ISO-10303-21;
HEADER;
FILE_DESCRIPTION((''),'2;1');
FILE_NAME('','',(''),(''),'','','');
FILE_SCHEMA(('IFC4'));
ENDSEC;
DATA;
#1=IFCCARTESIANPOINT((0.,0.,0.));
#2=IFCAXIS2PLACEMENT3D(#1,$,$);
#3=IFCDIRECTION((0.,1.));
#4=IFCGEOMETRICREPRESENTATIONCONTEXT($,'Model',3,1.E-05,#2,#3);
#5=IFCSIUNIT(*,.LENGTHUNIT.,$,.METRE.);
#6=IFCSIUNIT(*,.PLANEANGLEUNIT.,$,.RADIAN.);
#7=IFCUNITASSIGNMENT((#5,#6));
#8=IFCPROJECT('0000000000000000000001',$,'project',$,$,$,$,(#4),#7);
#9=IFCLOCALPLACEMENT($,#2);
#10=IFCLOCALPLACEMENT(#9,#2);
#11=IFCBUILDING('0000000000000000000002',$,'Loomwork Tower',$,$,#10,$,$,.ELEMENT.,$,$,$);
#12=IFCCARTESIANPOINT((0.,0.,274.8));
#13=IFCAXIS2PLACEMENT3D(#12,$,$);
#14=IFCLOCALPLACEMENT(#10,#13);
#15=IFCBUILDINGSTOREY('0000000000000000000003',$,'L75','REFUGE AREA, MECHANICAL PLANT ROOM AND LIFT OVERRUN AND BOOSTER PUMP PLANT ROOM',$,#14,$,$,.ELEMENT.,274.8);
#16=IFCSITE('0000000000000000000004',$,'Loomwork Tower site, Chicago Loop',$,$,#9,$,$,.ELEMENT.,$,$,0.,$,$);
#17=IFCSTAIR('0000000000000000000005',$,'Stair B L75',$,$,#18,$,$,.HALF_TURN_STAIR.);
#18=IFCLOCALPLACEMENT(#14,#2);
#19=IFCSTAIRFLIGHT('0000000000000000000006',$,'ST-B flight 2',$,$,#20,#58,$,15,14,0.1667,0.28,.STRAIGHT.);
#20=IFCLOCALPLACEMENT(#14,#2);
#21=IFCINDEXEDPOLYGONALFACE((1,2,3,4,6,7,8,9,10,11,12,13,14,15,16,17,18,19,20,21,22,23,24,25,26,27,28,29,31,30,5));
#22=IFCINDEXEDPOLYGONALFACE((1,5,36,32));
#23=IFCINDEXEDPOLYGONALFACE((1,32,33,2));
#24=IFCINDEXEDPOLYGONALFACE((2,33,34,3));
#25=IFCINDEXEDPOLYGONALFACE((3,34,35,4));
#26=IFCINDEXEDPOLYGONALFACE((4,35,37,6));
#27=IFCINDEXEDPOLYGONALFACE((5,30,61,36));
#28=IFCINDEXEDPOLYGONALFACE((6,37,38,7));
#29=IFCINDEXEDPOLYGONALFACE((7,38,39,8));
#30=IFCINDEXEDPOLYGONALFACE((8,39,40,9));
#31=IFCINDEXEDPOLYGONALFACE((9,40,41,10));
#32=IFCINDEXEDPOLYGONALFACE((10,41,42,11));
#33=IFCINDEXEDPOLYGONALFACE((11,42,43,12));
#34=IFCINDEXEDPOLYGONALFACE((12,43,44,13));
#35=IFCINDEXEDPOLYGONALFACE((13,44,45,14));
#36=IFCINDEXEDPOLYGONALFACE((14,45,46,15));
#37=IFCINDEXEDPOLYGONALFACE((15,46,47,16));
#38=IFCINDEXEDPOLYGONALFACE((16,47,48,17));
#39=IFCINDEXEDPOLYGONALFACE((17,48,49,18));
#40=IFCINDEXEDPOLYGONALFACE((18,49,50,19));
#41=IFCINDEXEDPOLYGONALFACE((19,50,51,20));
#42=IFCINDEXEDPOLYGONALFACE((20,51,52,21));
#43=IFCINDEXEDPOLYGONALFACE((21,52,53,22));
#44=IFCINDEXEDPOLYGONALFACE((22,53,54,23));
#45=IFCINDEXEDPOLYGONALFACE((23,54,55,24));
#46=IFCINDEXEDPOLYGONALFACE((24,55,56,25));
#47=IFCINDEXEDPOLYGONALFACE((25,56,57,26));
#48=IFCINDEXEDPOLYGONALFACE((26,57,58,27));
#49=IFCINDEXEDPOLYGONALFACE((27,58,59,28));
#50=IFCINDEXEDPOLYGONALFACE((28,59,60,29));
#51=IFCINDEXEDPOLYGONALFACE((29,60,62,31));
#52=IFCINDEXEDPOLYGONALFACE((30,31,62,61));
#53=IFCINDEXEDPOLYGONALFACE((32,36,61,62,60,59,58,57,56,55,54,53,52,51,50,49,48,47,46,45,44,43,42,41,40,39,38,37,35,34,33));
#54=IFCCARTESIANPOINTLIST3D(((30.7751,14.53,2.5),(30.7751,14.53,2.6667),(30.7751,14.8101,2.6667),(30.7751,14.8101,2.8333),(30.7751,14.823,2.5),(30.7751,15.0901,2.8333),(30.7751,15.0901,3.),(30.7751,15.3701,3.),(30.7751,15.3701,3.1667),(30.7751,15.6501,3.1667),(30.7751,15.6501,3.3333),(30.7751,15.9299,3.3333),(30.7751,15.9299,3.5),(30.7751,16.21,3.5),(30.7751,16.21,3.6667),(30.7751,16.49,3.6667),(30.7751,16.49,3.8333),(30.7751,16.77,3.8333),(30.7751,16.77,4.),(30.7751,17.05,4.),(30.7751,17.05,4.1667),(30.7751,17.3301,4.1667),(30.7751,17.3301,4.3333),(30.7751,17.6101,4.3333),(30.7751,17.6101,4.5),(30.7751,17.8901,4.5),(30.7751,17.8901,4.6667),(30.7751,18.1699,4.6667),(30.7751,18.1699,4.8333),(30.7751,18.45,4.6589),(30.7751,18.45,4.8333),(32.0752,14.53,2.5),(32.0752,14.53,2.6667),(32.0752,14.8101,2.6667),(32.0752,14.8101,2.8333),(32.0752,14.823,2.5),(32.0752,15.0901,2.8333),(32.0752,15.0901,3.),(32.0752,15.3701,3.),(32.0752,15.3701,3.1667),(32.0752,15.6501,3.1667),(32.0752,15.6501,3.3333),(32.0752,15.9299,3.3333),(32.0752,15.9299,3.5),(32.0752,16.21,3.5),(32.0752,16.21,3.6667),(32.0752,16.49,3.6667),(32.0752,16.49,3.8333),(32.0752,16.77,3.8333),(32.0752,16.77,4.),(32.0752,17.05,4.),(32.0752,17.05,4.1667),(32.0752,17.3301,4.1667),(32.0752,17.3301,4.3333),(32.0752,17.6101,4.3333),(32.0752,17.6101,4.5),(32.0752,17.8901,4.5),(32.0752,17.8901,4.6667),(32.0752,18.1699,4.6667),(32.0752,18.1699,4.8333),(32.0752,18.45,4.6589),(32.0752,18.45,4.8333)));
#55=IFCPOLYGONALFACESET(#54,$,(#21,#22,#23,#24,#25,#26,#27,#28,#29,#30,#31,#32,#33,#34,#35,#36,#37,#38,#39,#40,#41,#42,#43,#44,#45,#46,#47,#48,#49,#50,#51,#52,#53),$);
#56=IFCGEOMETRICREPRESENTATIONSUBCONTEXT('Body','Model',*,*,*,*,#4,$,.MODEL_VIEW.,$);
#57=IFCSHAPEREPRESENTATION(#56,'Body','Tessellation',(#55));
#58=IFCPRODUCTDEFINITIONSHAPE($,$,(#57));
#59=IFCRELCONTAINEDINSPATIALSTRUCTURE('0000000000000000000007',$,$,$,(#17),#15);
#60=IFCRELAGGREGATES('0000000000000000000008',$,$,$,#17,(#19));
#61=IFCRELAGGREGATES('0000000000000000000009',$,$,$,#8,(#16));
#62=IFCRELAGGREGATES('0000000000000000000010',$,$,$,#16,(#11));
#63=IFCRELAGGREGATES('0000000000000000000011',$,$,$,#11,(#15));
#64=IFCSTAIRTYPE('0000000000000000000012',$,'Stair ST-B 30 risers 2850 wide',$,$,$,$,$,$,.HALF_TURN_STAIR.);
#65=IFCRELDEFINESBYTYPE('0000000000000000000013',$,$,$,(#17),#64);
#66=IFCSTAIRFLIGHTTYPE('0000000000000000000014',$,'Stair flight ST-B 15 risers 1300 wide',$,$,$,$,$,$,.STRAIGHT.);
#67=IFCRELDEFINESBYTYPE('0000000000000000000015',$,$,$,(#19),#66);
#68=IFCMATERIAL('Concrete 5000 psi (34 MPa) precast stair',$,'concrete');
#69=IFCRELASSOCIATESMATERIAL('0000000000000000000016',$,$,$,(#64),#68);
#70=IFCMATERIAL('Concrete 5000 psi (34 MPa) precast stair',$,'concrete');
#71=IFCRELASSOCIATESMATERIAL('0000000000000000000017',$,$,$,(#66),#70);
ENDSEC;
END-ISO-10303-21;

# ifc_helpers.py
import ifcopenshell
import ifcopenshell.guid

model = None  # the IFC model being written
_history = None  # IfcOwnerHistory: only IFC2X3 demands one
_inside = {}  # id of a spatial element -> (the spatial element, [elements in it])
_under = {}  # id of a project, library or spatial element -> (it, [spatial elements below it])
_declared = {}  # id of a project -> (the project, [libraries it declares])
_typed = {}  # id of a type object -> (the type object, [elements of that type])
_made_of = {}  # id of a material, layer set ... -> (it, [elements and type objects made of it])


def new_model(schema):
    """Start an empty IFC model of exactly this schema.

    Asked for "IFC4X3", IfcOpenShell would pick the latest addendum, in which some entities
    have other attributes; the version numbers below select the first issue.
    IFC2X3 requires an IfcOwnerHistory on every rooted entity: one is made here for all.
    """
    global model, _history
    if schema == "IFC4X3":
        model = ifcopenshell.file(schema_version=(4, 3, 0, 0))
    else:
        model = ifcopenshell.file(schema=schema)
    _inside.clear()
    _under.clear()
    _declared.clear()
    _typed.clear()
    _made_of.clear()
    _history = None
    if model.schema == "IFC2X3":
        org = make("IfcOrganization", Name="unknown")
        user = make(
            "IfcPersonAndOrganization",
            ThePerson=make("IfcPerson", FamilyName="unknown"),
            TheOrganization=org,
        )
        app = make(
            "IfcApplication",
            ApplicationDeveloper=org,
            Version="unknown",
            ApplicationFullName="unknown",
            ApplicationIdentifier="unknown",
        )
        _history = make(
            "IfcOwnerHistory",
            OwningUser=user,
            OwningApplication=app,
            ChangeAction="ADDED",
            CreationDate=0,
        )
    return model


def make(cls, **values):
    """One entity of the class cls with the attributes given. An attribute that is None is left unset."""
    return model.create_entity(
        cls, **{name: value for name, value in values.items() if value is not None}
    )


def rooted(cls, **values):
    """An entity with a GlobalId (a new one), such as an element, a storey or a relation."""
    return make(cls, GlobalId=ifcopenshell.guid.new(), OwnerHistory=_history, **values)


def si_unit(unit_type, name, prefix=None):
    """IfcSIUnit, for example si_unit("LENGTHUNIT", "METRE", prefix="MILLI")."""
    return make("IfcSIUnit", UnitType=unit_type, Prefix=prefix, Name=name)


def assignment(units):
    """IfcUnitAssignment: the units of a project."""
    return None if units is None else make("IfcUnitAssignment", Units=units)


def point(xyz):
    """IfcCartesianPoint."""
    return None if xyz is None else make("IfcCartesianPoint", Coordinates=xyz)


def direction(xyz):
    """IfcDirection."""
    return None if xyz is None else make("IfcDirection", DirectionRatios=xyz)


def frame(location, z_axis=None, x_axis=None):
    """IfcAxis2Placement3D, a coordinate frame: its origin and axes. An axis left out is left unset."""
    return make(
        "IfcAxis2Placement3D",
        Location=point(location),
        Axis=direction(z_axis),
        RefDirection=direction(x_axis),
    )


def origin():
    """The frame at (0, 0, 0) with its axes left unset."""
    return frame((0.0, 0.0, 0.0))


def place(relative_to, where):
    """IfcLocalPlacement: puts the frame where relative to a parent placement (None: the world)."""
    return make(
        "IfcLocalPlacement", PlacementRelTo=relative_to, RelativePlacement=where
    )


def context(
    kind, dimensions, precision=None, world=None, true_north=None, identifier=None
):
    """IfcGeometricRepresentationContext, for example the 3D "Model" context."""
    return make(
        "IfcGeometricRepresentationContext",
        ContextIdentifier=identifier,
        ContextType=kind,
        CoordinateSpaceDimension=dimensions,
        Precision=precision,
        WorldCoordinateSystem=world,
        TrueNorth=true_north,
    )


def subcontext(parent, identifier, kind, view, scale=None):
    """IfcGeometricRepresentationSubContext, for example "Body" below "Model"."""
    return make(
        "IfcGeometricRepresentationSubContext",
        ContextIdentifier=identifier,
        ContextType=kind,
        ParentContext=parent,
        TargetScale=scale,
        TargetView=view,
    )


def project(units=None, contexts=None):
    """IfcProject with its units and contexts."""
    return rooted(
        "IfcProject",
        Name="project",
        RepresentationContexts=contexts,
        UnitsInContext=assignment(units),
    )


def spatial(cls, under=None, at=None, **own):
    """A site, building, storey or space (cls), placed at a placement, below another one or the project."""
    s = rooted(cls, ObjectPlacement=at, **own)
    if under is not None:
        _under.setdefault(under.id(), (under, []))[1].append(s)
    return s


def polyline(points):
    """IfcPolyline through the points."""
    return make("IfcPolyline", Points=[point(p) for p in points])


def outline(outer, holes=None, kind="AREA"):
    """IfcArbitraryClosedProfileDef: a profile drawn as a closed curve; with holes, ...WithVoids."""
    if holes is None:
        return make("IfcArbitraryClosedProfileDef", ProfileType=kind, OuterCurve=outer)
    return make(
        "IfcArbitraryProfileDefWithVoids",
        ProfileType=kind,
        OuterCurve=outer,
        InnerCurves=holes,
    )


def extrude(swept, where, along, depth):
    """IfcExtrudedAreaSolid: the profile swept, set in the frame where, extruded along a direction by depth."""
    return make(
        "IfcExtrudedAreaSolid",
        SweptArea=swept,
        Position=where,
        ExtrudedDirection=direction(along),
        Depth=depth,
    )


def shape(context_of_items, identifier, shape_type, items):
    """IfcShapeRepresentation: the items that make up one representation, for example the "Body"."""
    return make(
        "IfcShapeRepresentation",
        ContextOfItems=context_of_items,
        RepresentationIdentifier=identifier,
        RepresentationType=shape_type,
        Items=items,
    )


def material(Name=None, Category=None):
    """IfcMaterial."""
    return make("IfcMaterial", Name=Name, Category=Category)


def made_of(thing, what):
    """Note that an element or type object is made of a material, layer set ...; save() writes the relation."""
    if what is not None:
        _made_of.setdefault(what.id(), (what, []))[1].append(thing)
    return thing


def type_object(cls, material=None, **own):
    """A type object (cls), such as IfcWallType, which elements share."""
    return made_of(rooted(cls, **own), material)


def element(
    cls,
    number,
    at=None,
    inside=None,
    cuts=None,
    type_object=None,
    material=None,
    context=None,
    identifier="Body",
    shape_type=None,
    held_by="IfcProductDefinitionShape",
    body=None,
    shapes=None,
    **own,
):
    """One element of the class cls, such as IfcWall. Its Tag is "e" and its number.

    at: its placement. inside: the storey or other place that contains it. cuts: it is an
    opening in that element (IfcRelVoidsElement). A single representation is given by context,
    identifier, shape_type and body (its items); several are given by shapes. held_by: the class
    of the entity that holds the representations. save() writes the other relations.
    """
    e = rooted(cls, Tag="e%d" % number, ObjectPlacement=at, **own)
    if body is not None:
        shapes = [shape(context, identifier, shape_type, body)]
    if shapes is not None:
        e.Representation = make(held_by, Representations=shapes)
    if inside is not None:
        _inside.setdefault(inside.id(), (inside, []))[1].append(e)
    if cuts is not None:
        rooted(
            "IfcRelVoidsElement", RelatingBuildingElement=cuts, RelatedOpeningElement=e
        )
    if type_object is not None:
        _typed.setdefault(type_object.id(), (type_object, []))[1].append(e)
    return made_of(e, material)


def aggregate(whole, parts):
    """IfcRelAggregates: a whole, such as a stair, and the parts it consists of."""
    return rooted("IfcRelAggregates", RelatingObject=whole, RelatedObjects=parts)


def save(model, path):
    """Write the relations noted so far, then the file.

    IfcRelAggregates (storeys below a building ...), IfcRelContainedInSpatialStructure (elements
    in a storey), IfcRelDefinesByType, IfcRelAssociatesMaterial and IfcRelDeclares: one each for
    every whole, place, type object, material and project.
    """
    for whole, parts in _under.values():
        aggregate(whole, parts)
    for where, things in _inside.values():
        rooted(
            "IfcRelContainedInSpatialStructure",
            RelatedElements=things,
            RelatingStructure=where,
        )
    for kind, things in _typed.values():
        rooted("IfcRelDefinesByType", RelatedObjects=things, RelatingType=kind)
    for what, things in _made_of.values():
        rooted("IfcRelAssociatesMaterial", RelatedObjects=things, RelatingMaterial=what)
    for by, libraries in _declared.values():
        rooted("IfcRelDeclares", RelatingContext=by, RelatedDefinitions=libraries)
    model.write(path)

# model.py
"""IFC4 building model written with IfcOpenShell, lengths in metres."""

from ifc_helpers import new_model, si_unit, direction, frame, origin, place, context, subcontext, project, spatial, polyline, outline, extrude, material, type_object, element, aggregate, save


model = new_model("IFC4")

# Units and contexts
model_context = context("Model", 3, precision=1e-05, world=origin(), true_north=direction((0.0, 1.0)))
body_context = subcontext(model_context, "Body", "Model", "MODEL_VIEW")
ifc_project = project(units=[si_unit("LENGTHUNIT", "METRE"), si_unit("PLANEANGLEUNIT", "RADIAN")], contexts=[model_context])

# Site, building, storey
site_placement = place(None, origin())
site = spatial("IfcSite", under=ifc_project, at=site_placement, Name="Loomwork Tower site, Chicago Loop", CompositionType="ELEMENT", RefElevation=0.0)
building_placement = place(site_placement, origin())
building = spatial("IfcBuilding", under=site, at=building_placement, Name="Loomwork Tower", CompositionType="ELEMENT")
storey_placement = place(building_placement, frame((0.0, 0.0, 274.8)))
storey = spatial("IfcBuildingStorey", under=building, at=storey_placement, Name="L75", Description="REFUGE AREA, MECHANICAL PLANT ROOM AND LIFT OVERRUN AND BOOSTER PUMP PLANT ROOM", CompositionType="ELEMENT", Elevation=274.8)

# Stair, stair flight
ifc_material_1 = material(Name="Concrete 5000 psi (34 MPa) precast stair", Category="concrete")
stair_type = type_object("IfcStairType", Name="Stair ST-B 30 risers 2850 wide", PredefinedType="HALF_TURN_STAIR", material=ifc_material_1)
stair_placement = place(storey_placement, origin())
stair = element("IfcStair", 1, at=stair_placement, inside=storey, type_object=stair_type, Name="Stair B L75", PredefinedType="HALF_TURN_STAIR")
ifc_material_2 = material(Name="Concrete 5000 psi (34 MPa) precast stair", Category="concrete")
stair_flight_type = type_object("IfcStairFlightType", Name="Stair flight ST-B 15 risers 1300 wide", PredefinedType="STRAIGHT", material=ifc_material_2)
stair_flight_1_placement = place(storey_placement, frame((31.425, 14.53, 2.5), z_axis=(0.0, 0.0, 1.0), x_axis=(0.0, 1.0, 0.0)))
stair_flight_1 = element("IfcStairFlight", 2, at=stair_flight_1_placement, type_object=stair_flight_type, Name="ST-B flight 2", NumberOfRisers=15, NumberOfTreads=14, PredefinedType="STRAIGHT", RiserHeight=0.1667, TreadLength=0.28, context=body_context, shape_type="SweptSolid", body=[
    extrude(outline(polyline([(0.0, 0.0), (0.0, 0.1667), (0.28, 0.1667), (0.28, 0.3333), (0.5601, 0.3333), (0.5601, 0.5), (0.8401, 0.5), (0.8401, 0.6667), (1.1201, 0.6667), (1.1201, 0.8333), (1.3999, 0.8333), (1.3999, 1.0), (1.6799, 1.0), (1.6799, 1.1667), (1.96, 1.1667), (1.96, 1.3333), (2.24, 1.3333), (2.24, 1.5), (2.52, 1.5), (2.52, 1.6667), (2.8, 1.6667), (2.8, 1.8333), (3.0801, 1.8333), (3.0801, 2.0), (3.3601, 2.0), (3.3601, 2.1667), (3.6399, 2.1667), (3.6399, 2.3333), (3.9199, 2.3333), (3.9199, 2.5), (3.9199, 2.1589), (0.293, 0.0), (0.0, 0.0)])), frame((0.0, 0.6499, 0.0), z_axis=(0.0, -1.0, 0.0), x_axis=(1.0, 0.0, 0.0)), (0.0, 0.0, 1.0), 1.3),
])
aggregate(stair, [stair_flight_1])

save(model, "model.ifc")
